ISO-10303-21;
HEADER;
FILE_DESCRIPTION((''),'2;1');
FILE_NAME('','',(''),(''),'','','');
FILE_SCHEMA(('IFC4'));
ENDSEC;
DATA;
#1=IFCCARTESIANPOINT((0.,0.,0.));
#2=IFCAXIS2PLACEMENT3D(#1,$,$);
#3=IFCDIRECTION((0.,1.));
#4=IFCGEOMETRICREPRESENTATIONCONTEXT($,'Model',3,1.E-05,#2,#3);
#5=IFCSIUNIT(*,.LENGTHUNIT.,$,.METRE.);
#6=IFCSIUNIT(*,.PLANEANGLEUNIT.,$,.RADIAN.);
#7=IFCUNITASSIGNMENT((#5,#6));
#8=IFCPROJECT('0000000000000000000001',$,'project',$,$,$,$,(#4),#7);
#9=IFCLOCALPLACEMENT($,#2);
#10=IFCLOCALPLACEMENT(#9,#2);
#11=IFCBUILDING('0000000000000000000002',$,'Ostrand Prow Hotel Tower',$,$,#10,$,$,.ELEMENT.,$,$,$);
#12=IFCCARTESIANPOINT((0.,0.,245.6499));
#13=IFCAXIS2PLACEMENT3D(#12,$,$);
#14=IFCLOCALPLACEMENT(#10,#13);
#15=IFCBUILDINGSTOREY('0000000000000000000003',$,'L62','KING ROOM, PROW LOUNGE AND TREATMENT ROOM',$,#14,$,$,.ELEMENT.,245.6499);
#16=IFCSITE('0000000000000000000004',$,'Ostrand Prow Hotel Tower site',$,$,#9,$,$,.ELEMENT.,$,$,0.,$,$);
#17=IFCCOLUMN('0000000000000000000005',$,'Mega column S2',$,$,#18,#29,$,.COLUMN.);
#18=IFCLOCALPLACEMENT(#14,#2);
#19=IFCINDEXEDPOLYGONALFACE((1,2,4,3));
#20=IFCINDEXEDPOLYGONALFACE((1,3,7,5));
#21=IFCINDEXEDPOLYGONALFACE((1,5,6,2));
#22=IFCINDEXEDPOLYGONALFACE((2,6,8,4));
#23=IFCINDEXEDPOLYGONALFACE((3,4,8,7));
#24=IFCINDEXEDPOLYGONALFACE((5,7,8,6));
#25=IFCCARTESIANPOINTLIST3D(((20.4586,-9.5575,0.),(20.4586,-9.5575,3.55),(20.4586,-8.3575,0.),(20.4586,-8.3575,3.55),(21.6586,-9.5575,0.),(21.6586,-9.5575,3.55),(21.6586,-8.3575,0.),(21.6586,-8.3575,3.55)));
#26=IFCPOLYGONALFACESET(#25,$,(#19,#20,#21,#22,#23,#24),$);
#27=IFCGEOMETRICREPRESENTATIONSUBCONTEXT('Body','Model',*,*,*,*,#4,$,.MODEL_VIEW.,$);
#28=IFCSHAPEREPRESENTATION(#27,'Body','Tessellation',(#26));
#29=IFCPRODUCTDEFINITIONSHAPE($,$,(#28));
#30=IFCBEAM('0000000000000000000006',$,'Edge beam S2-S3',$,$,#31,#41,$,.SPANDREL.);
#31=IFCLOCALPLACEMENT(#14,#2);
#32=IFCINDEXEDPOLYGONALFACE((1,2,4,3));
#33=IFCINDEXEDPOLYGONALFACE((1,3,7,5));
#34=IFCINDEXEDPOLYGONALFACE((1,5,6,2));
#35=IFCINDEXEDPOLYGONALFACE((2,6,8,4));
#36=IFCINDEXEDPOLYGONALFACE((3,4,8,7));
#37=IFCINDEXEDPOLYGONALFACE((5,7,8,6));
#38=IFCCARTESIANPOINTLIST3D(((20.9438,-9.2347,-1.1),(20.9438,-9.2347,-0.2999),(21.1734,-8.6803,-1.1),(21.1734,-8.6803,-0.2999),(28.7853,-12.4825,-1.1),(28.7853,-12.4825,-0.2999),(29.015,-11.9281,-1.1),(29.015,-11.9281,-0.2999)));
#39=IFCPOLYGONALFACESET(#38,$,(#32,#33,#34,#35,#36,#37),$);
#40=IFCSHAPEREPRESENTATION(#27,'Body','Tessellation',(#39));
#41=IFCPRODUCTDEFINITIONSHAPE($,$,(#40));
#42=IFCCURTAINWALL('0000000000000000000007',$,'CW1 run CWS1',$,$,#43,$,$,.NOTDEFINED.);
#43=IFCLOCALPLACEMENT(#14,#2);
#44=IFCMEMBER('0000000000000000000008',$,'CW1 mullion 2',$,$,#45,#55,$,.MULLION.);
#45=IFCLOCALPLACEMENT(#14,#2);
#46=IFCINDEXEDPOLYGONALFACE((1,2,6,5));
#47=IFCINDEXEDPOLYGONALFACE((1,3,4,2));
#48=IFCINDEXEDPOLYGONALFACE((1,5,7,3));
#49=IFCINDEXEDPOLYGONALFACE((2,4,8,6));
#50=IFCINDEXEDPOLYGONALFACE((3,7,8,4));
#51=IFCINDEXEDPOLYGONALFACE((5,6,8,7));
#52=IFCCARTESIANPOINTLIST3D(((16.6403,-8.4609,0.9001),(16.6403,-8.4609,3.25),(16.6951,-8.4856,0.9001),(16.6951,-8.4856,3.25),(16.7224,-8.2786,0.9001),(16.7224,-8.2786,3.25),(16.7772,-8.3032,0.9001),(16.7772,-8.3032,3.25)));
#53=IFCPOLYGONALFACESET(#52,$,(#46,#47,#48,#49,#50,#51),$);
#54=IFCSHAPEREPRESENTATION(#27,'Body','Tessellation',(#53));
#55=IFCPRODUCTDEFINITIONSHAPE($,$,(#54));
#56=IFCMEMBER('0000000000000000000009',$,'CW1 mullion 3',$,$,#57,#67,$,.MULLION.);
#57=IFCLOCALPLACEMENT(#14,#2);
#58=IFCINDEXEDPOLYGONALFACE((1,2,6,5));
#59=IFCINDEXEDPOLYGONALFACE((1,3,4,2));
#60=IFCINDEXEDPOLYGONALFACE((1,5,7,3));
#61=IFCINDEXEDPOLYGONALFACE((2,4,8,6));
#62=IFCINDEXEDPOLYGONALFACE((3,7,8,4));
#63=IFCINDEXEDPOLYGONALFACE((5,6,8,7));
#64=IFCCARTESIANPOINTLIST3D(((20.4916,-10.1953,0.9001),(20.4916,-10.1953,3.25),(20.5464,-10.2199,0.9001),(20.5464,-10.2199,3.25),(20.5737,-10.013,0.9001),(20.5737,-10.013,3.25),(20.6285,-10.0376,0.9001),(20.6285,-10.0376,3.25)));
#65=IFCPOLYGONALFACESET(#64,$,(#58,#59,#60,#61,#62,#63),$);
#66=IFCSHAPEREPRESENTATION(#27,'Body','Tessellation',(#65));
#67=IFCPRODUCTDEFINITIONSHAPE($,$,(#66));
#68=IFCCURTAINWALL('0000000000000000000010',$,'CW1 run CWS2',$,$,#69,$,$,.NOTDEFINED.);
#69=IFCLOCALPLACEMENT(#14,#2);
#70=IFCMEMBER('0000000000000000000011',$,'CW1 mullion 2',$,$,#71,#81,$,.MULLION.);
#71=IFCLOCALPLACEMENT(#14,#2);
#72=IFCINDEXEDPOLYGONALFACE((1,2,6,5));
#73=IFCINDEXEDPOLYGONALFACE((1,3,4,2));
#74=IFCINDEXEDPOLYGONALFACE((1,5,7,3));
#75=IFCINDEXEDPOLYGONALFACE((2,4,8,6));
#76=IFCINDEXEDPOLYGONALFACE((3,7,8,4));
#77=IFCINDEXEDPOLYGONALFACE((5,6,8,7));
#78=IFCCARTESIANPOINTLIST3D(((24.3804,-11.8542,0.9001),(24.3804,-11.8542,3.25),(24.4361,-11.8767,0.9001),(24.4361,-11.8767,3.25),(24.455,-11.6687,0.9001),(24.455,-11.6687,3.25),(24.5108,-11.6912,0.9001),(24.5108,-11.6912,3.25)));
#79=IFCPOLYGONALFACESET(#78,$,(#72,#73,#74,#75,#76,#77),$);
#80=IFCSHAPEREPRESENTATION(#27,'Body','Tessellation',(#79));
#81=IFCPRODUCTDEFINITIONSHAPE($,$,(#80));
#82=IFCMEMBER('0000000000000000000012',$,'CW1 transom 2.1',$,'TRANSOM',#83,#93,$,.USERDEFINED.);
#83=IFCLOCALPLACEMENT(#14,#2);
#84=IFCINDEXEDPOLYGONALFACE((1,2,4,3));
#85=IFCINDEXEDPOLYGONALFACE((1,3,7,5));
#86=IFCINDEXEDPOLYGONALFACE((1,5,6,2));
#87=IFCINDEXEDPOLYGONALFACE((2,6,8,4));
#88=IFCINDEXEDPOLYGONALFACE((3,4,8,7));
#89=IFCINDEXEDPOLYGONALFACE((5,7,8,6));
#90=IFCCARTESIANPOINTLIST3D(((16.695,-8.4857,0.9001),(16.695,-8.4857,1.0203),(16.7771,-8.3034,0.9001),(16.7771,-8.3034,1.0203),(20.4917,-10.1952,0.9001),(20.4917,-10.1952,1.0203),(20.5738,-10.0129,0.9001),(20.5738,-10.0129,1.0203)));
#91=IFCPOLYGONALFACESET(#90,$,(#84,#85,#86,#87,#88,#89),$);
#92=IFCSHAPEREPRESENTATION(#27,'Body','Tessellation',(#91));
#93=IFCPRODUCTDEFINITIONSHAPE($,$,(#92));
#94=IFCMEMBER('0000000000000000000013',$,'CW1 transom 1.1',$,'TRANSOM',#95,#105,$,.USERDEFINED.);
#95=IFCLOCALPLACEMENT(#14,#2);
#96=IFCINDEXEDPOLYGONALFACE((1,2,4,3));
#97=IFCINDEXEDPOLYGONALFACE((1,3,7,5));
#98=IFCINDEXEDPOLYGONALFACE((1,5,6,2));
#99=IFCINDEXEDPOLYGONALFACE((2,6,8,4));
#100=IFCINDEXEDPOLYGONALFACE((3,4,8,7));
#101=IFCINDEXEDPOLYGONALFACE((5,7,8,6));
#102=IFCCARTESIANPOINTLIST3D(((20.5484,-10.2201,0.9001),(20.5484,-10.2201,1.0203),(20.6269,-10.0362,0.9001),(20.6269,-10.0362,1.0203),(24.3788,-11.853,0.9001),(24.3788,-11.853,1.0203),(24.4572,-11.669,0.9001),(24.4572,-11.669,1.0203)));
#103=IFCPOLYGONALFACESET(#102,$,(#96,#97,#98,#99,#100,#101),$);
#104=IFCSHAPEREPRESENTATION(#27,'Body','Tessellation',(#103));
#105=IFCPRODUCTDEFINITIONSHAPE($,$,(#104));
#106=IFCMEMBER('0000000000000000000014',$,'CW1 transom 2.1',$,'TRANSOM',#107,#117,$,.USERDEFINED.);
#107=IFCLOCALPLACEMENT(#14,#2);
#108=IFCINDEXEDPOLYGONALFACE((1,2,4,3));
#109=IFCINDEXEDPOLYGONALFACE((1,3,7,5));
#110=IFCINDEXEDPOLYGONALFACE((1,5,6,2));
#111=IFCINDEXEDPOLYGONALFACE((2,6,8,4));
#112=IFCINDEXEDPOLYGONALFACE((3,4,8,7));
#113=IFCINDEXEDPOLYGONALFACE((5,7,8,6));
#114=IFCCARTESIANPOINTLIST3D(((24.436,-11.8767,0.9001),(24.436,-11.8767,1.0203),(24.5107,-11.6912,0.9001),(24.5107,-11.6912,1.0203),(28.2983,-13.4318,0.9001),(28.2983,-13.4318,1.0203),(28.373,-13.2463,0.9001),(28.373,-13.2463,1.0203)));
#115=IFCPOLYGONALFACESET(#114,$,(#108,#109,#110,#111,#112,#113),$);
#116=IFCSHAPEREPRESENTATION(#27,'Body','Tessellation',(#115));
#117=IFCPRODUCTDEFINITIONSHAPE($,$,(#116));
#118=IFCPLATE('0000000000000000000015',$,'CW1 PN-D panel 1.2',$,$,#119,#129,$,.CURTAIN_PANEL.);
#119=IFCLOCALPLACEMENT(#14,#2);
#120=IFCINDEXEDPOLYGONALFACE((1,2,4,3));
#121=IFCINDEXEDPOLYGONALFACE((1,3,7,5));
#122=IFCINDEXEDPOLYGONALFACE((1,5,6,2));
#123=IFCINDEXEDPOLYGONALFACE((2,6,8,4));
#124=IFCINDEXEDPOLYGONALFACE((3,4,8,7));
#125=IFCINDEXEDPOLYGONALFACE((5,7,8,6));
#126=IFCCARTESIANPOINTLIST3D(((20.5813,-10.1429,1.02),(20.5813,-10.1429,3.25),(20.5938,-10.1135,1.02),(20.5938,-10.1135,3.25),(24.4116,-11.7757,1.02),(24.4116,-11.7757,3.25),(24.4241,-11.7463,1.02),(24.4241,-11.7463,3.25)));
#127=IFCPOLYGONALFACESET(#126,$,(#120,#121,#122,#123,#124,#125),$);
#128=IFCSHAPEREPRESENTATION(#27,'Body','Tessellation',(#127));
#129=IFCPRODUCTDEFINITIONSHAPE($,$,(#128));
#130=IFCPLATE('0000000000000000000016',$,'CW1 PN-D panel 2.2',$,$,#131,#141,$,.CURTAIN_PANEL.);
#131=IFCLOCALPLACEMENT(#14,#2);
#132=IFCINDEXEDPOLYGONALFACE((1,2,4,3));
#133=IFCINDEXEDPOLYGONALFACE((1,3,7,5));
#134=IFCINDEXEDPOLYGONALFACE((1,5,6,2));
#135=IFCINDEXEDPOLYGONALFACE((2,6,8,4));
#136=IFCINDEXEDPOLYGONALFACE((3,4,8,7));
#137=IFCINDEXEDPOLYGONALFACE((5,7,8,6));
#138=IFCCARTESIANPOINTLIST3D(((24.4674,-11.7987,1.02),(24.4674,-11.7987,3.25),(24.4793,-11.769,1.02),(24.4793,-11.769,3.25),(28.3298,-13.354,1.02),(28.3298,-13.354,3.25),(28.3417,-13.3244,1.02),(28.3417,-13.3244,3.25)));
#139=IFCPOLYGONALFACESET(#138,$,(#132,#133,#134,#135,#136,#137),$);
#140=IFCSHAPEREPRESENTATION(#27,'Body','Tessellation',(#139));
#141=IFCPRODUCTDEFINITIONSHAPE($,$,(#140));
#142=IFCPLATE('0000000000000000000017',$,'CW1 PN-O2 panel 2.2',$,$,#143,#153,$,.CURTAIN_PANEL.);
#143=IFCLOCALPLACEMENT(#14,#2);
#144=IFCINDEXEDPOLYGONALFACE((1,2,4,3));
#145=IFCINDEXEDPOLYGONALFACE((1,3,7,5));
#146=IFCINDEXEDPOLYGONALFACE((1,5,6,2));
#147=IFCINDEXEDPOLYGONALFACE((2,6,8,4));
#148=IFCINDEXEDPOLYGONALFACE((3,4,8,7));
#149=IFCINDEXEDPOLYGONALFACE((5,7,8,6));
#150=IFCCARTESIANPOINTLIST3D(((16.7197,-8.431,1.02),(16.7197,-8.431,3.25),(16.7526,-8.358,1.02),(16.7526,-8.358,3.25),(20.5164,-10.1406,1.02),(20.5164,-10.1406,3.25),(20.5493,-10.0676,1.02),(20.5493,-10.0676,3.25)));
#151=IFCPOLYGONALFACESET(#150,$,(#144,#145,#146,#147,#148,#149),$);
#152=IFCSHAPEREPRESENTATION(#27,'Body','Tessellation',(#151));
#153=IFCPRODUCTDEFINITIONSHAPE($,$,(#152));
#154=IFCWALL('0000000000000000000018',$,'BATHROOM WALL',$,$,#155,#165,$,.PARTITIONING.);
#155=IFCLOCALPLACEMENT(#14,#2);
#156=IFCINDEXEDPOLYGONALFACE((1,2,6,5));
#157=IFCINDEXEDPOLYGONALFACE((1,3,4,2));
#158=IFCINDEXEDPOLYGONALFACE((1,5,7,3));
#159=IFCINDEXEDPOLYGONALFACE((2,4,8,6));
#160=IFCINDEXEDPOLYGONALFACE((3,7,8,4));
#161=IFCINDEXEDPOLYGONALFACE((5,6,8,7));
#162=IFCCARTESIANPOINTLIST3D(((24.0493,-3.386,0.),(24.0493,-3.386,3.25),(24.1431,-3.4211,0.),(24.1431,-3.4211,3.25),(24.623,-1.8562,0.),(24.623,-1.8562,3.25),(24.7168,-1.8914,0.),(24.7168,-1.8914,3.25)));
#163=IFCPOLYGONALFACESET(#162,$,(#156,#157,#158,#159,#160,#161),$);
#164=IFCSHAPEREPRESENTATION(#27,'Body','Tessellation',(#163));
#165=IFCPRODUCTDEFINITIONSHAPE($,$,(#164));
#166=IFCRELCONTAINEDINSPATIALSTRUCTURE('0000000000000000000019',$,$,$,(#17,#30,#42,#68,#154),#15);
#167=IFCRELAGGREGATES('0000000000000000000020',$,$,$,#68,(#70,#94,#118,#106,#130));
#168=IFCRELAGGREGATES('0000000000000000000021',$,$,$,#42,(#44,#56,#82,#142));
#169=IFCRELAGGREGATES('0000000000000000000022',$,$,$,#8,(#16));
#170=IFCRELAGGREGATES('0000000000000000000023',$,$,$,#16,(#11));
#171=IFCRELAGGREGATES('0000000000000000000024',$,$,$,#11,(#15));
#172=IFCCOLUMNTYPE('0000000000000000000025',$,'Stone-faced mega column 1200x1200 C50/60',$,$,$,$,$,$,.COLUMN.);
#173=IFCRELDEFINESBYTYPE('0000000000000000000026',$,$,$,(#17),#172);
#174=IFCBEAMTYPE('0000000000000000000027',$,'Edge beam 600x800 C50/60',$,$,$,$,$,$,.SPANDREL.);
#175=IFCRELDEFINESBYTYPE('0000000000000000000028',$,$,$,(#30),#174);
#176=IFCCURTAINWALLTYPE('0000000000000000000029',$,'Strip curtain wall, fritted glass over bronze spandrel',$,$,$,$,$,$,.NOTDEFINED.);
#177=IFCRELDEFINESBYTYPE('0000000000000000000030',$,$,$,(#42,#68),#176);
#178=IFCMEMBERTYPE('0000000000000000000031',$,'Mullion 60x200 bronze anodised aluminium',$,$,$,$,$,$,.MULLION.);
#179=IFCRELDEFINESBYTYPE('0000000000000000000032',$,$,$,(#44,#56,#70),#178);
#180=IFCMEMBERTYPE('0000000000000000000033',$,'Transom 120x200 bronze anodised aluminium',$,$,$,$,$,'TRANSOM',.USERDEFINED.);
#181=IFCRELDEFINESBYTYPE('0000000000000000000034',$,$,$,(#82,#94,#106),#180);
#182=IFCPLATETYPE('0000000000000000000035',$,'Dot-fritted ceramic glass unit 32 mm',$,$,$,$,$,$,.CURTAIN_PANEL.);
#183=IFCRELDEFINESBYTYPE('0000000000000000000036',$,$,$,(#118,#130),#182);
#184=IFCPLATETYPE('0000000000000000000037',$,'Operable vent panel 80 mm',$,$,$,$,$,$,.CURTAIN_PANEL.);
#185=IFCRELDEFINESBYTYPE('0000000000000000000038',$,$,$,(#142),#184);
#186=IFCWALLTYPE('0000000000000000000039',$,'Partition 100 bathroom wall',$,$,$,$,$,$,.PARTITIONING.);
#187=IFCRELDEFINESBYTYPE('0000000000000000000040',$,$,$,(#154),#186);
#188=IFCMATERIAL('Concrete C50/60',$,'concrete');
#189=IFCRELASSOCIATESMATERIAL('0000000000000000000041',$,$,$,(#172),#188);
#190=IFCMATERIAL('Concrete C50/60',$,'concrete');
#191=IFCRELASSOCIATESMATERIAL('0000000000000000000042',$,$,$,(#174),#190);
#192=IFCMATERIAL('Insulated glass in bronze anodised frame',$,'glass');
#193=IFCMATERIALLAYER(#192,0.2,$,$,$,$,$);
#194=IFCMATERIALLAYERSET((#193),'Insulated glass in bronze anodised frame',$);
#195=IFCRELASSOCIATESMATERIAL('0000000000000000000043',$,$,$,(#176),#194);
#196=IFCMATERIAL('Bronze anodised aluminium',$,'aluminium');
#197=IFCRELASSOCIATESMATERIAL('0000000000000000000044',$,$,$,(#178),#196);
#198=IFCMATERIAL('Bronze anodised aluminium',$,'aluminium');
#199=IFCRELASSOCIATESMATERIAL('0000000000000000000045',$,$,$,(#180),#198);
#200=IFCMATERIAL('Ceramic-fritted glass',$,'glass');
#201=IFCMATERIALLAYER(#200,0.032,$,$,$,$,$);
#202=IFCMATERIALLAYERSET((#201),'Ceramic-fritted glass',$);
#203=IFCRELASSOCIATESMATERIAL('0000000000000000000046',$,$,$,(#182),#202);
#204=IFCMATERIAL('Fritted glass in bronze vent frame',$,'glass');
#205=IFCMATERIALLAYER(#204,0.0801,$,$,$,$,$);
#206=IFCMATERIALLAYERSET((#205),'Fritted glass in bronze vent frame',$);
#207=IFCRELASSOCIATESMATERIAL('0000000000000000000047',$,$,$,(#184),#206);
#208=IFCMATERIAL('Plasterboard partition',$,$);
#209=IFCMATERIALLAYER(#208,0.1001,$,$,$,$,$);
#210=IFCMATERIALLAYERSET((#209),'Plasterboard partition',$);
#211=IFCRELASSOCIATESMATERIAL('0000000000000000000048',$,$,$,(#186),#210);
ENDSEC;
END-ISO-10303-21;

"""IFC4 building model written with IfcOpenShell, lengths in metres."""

from ifc_helpers import new_model, si_unit, direction, frame, frame_2d, origin, origin_2d, place, context, subcontext, project, spatial, rectangle, extrude, material, layer, layer_set, material_profile, profile_set, type_object, element, aggregate, save


model = new_model("IFC4")

# Units and contexts
model_context = context("Model", 3, precision=1e-05, world=origin(), true_north=direction((0.0, 1.0)))
body_context = subcontext(model_context, "Body", "Model", "MODEL_VIEW")
ifc_project = project(units=[si_unit("LENGTHUNIT", "METRE"), si_unit("PLANEANGLEUNIT", "RADIAN")], contexts=[model_context])

# Site, building, storey
site_placement = place(None, origin())
site = spatial("IfcSite", under=ifc_project, at=site_placement, Name="Ostrand Prow Hotel Tower site", CompositionType="ELEMENT", RefElevation=0.0)
building_placement = place(site_placement, origin())
building = spatial("IfcBuilding", under=site, at=building_placement, Name="Ostrand Prow Hotel Tower", CompositionType="ELEMENT")
storey_placement = place(building_placement, frame((0.0, 0.0, 245.6499)))
storey = spatial("IfcBuildingStorey", under=building, at=storey_placement, Name="L62", Description="KING ROOM, PROW LOUNGE AND TREATMENT ROOM", CompositionType="ELEMENT", Elevation=245.6499)

# Column
ifc_material_1 = material(Name="Concrete C50/60", Category="concrete")
ifc_material_profile_1 = material_profile(ifc_material_1, rectangle(XDim=1.2, YDim=1.2, at=origin_2d()), Name="RC 1200x1200")
ifc_profile_set_1 = profile_set([ifc_material_profile_1], Name="Concrete C50/60")
column_type = type_object("IfcColumnType", Name="Stone-faced mega column 1200x1200 C50/60", PredefinedType="COLUMN", material=ifc_profile_set_1)
column_placement = place(storey_placement, frame((21.0586, -8.9575, 0.0), z_axis=(0.0, 0.0, 1.0), x_axis=(1.0, 0.0, 0.0)))
element("IfcColumn", 1, at=column_placement, inside=storey, type_object=column_type, Name="Mega column S2", PredefinedType="COLUMN", context=body_context, shape_type="SweptSolid", body=[
    extrude(rectangle(XDim=1.2, YDim=1.2, at=origin_2d()), origin(), (0.0, 0.0, 1.0), 3.55),
])

# Beam
ifc_material_2 = material(Name="Concrete C50/60", Category="concrete")
ifc_material_profile_2 = material_profile(ifc_material_2, rectangle(XDim=0.6001, YDim=0.8, at=origin_2d()), Name="RC 600x800")
ifc_profile_set_2 = profile_set([ifc_material_profile_2], Name="Concrete C50/60")
beam_type = type_object("IfcBeamType", Name="Edge beam 600x800 C50/60", PredefinedType="SPANDREL", material=ifc_profile_set_2)
beam_placement = place(storey_placement, frame((21.0586, -8.9575, -0.7), z_axis=(0.923891, -0.382656, 0.0), x_axis=(0.382656, 0.923891, 0.0)))
element("IfcBeam", 2, at=beam_placement, inside=storey, type_object=beam_type, Name="Edge beam S2-S3", PredefinedType="SPANDREL", context=body_context, shape_type="SweptSolid", body=[
    extrude(rectangle(XDim=0.6001, YDim=0.8, at=origin_2d()), origin(), (0.0, 0.0, 1.0), 8.4875),
])

# Curtain wall, members
ifc_material_3 = material(Name="Insulated glass in bronze anodised frame", Category="glass")
ifc_layer_1 = layer(ifc_material_3, 0.2)
ifc_layer_set_1 = layer_set([ifc_layer_1], Name="Insulated glass in bronze anodised frame")
curtain_wall_type = type_object("IfcCurtainWallType", Name="Strip curtain wall, fritted glass over bronze spandrel", PredefinedType="NOTDEFINED", material=ifc_layer_set_1)
curtain_wall_1_placement = place(storey_placement, origin())
curtain_wall_1 = element("IfcCurtainWall", 3, at=curtain_wall_1_placement, inside=storey, type_object=curtain_wall_type, Name="CW1 run CWS1", PredefinedType="NOTDEFINED")
ifc_material_4 = material(Name="Bronze anodised aluminium", Category="aluminium")
ifc_material_profile_3 = material_profile(ifc_material_4, rectangle(XDim=0.2, YDim=0.0601, at=origin_2d()), Name="Mullion 60x200 bronze anodised aluminium")
ifc_profile_set_3 = profile_set([ifc_material_profile_3], Name="Bronze anodised aluminium")
member_type_1 = type_object("IfcMemberType", Name="Mullion 60x200 bronze anodised aluminium", PredefinedType="MULLION", material=ifc_profile_set_3)
member_1_placement = place(storey_placement, frame((16.7087, -8.3821, 0.9001), z_axis=(0.0, 0.0, 1.0), x_axis=(0.410582, 0.911824, 0.0)))
member_1 = element("IfcMember", 4, at=member_1_placement, type_object=member_type_1, Name="CW1 mullion 2", PredefinedType="MULLION", context=body_context, shape_type="SweptSolid", body=[
    extrude(rectangle(XDim=0.2, YDim=0.0601, at=origin_2d()), origin(), (0.0, 0.0, 1.0), 2.3499),
])
member_2_placement = place(storey_placement, frame((20.5601, -10.1165, 0.9001), z_axis=(0.0, 0.0, 1.0), x_axis=(0.410582, 0.911824, 0.0)))
member_2 = element("IfcMember", 5, at=member_2_placement, type_object=member_type_1, Name="CW1 mullion 3", PredefinedType="MULLION", context=body_context, shape_type="SweptSolid", body=[
    extrude(rectangle(XDim=0.2, YDim=0.0601, at=origin_2d()), origin(), (0.0, 0.0, 1.0), 2.3499),
])

# Curtain wall, member
curtain_wall_2_placement = place(storey_placement, origin())
curtain_wall_2 = element("IfcCurtainWall", 6, at=curtain_wall_2_placement, inside=storey, type_object=curtain_wall_type, Name="CW1 run CWS2", PredefinedType="NOTDEFINED")
member_3_placement = place(storey_placement, frame((24.4456, -11.7727, 0.9001), z_axis=(0.0, 0.0, 1.0), x_axis=(0.373533, 0.927617, 0.0)))
member_3 = element("IfcMember", 7, at=member_3_placement, type_object=member_type_1, Name="CW1 mullion 2", PredefinedType="MULLION", context=body_context, shape_type="SweptSolid", body=[
    extrude(rectangle(XDim=0.2, YDim=0.0601, at=origin_2d()), origin(), (0.0, 0.0, 1.0), 2.3499),
])

# Members
ifc_material_5 = material(Name="Bronze anodised aluminium", Category="aluminium")
ifc_material_profile_4 = material_profile(ifc_material_5, rectangle(XDim=0.2, YDim=0.1201, at=origin_2d()), Name="Transom 120x200 bronze anodised aluminium")
ifc_profile_set_4 = profile_set([ifc_material_profile_4], Name="Bronze anodised aluminium")
member_type_2 = type_object("IfcMemberType", Name="Transom 120x200 bronze anodised aluminium", ElementType="TRANSOM", PredefinedType="USERDEFINED", material=ifc_profile_set_4)
member_4_placement = place(storey_placement, frame((16.7361, -8.3945, 0.9602), z_axis=(0.911833, -0.410562, 0.0), x_axis=(0.410562, 0.911833, 0.0)))
member_4 = element("IfcMember", 8, at=member_4_placement, type_object=member_type_2, Name="CW1 transom 2.1", ObjectType="TRANSOM", PredefinedType="USERDEFINED", context=body_context, shape_type="SweptSolid", body=[
    extrude(rectangle(XDim=0.2, YDim=0.1201, at=origin_2d()), origin(), (0.0, 0.0, 1.0), 4.1638),
])
member_5_placement = place(storey_placement, frame((20.5876, -10.1282, 0.9602), z_axis=(0.919905, -0.392142, 0.0), x_axis=(0.392142, 0.919905, 0.0)))
member_5 = element("IfcMember", 9, at=member_5_placement, type_object=member_type_2, Name="CW1 transom 1.1", ObjectType="TRANSOM", PredefinedType="USERDEFINED", context=body_context, shape_type="SweptSolid", body=[
    extrude(rectangle(XDim=0.2, YDim=0.1201, at=origin_2d()), origin(), (0.0, 0.0, 1.0), 4.1638),
])
member_6_placement = place(storey_placement, frame((24.4734, -11.7839, 0.9602), z_axis=(0.927625, -0.373513, 0.0), x_axis=(0.373513, 0.927625, 0.0)))
member_6 = element("IfcMember", 10, at=member_6_placement, type_object=member_type_2, Name="CW1 transom 2.1", ObjectType="TRANSOM", PredefinedType="USERDEFINED", context=body_context, shape_type="SweptSolid", body=[
    extrude(rectangle(XDim=0.2, YDim=0.1201, at=origin_2d()), origin(), (0.0, 0.0, 1.0), 4.1636),
])

# Plates
ifc_material_6 = material(Name="Ceramic-fritted glass", Category="glass")
ifc_layer_2 = layer(ifc_material_6, 0.032)
ifc_layer_set_2 = layer_set([ifc_layer_2], Name="Ceramic-fritted glass")
plate_type_1 = type_object("IfcPlateType", Name="Dot-fritted ceramic glass unit 32 mm", PredefinedType="CURTAIN_PANEL", material=ifc_layer_set_2)
plate_1_placement = place(storey_placement, frame((22.5027, -10.9446, 1.02), z_axis=(0.0, 0.0, 1.0), x_axis=(0.919907, -0.392136, 0.0)))
plate_1 = element("IfcPlate", 11, at=plate_1_placement, type_object=plate_type_1, Name="CW1 PN-D panel 1.2", PredefinedType="CURTAIN_PANEL", context=body_context, shape_type="SweptSolid", body=[
    extrude(rectangle(XDim=4.1638, YDim=0.032, at=origin_2d()), origin(), (0.0, 0.0, 1.0), 2.23),
])
plate_2_placement = place(storey_placement, frame((26.4045, -12.5615, 1.02), z_axis=(0.0, 0.0, 1.0), x_axis=(0.927617, -0.373533, 0.0)))
plate_2 = element("IfcPlate", 12, at=plate_2_placement, type_object=plate_type_1, Name="CW1 PN-D panel 2.2", PredefinedType="CURTAIN_PANEL", context=body_context, shape_type="SweptSolid", body=[
    extrude(rectangle(XDim=4.1638, YDim=0.032, at=origin_2d()), origin(), (0.0, 0.0, 1.0), 2.23),
])
aggregate(curtain_wall_2, [member_3, member_5, plate_1, member_6, plate_2])
ifc_material_7 = material(Name="Fritted glass in bronze vent frame", Category="glass")
ifc_layer_3 = layer(ifc_material_7, 0.0801)
ifc_layer_set_3 = layer_set([ifc_layer_3], Name="Fritted glass in bronze vent frame")
plate_type_2 = type_object("IfcPlateType", Name="Operable vent panel 80 mm", PredefinedType="CURTAIN_PANEL", material=ifc_layer_set_3)
plate_3_placement = place(storey_placement, frame((18.6345, -9.2493, 1.02), z_axis=(0.0, 0.0, 1.0), x_axis=(0.911824, -0.410582, 0.0)))
plate_3 = element("IfcPlate", 13, at=plate_3_placement, type_object=plate_type_2, Name="CW1 PN-O2 panel 2.2", PredefinedType="CURTAIN_PANEL", context=body_context, shape_type="SweptSolid", body=[
    extrude(rectangle(XDim=4.1638, YDim=0.0801, at=origin_2d()), origin(), (0.0, 0.0, 1.0), 2.23),
])
aggregate(curtain_wall_1, [member_1, member_2, member_4, plate_3])

# Wall
ifc_material_8 = material(Name="Plasterboard partition")
ifc_layer_4 = layer(ifc_material_8, 0.1001)
ifc_layer_set_4 = layer_set([ifc_layer_4], Name="Plasterboard partition")
wall_type_1 = type_object("IfcWallType", Name="Partition 100 bathroom wall", PredefinedType="PARTITIONING", material=ifc_layer_set_4)
wall_1_placement = place(storey_placement, frame((24.0962, -3.4036, 0.0), z_axis=(0.0, 0.0, 1.0), x_axis=(0.351156, 0.936317, 0.0)))
element("IfcWall", 14, at=wall_1_placement, inside=storey, type_object=wall_type_1, Name="BATHROOM WALL", PredefinedType="PARTITIONING", context=body_context, shape_type="SweptSolid", body=[
    extrude(rectangle(XDim=1.6338, YDim=0.1001, at=frame_2d((0.8169, 0.0))), origin(), (0.0, 0.0, 1.0), 3.25),
])

save(model, "model.ifc")
